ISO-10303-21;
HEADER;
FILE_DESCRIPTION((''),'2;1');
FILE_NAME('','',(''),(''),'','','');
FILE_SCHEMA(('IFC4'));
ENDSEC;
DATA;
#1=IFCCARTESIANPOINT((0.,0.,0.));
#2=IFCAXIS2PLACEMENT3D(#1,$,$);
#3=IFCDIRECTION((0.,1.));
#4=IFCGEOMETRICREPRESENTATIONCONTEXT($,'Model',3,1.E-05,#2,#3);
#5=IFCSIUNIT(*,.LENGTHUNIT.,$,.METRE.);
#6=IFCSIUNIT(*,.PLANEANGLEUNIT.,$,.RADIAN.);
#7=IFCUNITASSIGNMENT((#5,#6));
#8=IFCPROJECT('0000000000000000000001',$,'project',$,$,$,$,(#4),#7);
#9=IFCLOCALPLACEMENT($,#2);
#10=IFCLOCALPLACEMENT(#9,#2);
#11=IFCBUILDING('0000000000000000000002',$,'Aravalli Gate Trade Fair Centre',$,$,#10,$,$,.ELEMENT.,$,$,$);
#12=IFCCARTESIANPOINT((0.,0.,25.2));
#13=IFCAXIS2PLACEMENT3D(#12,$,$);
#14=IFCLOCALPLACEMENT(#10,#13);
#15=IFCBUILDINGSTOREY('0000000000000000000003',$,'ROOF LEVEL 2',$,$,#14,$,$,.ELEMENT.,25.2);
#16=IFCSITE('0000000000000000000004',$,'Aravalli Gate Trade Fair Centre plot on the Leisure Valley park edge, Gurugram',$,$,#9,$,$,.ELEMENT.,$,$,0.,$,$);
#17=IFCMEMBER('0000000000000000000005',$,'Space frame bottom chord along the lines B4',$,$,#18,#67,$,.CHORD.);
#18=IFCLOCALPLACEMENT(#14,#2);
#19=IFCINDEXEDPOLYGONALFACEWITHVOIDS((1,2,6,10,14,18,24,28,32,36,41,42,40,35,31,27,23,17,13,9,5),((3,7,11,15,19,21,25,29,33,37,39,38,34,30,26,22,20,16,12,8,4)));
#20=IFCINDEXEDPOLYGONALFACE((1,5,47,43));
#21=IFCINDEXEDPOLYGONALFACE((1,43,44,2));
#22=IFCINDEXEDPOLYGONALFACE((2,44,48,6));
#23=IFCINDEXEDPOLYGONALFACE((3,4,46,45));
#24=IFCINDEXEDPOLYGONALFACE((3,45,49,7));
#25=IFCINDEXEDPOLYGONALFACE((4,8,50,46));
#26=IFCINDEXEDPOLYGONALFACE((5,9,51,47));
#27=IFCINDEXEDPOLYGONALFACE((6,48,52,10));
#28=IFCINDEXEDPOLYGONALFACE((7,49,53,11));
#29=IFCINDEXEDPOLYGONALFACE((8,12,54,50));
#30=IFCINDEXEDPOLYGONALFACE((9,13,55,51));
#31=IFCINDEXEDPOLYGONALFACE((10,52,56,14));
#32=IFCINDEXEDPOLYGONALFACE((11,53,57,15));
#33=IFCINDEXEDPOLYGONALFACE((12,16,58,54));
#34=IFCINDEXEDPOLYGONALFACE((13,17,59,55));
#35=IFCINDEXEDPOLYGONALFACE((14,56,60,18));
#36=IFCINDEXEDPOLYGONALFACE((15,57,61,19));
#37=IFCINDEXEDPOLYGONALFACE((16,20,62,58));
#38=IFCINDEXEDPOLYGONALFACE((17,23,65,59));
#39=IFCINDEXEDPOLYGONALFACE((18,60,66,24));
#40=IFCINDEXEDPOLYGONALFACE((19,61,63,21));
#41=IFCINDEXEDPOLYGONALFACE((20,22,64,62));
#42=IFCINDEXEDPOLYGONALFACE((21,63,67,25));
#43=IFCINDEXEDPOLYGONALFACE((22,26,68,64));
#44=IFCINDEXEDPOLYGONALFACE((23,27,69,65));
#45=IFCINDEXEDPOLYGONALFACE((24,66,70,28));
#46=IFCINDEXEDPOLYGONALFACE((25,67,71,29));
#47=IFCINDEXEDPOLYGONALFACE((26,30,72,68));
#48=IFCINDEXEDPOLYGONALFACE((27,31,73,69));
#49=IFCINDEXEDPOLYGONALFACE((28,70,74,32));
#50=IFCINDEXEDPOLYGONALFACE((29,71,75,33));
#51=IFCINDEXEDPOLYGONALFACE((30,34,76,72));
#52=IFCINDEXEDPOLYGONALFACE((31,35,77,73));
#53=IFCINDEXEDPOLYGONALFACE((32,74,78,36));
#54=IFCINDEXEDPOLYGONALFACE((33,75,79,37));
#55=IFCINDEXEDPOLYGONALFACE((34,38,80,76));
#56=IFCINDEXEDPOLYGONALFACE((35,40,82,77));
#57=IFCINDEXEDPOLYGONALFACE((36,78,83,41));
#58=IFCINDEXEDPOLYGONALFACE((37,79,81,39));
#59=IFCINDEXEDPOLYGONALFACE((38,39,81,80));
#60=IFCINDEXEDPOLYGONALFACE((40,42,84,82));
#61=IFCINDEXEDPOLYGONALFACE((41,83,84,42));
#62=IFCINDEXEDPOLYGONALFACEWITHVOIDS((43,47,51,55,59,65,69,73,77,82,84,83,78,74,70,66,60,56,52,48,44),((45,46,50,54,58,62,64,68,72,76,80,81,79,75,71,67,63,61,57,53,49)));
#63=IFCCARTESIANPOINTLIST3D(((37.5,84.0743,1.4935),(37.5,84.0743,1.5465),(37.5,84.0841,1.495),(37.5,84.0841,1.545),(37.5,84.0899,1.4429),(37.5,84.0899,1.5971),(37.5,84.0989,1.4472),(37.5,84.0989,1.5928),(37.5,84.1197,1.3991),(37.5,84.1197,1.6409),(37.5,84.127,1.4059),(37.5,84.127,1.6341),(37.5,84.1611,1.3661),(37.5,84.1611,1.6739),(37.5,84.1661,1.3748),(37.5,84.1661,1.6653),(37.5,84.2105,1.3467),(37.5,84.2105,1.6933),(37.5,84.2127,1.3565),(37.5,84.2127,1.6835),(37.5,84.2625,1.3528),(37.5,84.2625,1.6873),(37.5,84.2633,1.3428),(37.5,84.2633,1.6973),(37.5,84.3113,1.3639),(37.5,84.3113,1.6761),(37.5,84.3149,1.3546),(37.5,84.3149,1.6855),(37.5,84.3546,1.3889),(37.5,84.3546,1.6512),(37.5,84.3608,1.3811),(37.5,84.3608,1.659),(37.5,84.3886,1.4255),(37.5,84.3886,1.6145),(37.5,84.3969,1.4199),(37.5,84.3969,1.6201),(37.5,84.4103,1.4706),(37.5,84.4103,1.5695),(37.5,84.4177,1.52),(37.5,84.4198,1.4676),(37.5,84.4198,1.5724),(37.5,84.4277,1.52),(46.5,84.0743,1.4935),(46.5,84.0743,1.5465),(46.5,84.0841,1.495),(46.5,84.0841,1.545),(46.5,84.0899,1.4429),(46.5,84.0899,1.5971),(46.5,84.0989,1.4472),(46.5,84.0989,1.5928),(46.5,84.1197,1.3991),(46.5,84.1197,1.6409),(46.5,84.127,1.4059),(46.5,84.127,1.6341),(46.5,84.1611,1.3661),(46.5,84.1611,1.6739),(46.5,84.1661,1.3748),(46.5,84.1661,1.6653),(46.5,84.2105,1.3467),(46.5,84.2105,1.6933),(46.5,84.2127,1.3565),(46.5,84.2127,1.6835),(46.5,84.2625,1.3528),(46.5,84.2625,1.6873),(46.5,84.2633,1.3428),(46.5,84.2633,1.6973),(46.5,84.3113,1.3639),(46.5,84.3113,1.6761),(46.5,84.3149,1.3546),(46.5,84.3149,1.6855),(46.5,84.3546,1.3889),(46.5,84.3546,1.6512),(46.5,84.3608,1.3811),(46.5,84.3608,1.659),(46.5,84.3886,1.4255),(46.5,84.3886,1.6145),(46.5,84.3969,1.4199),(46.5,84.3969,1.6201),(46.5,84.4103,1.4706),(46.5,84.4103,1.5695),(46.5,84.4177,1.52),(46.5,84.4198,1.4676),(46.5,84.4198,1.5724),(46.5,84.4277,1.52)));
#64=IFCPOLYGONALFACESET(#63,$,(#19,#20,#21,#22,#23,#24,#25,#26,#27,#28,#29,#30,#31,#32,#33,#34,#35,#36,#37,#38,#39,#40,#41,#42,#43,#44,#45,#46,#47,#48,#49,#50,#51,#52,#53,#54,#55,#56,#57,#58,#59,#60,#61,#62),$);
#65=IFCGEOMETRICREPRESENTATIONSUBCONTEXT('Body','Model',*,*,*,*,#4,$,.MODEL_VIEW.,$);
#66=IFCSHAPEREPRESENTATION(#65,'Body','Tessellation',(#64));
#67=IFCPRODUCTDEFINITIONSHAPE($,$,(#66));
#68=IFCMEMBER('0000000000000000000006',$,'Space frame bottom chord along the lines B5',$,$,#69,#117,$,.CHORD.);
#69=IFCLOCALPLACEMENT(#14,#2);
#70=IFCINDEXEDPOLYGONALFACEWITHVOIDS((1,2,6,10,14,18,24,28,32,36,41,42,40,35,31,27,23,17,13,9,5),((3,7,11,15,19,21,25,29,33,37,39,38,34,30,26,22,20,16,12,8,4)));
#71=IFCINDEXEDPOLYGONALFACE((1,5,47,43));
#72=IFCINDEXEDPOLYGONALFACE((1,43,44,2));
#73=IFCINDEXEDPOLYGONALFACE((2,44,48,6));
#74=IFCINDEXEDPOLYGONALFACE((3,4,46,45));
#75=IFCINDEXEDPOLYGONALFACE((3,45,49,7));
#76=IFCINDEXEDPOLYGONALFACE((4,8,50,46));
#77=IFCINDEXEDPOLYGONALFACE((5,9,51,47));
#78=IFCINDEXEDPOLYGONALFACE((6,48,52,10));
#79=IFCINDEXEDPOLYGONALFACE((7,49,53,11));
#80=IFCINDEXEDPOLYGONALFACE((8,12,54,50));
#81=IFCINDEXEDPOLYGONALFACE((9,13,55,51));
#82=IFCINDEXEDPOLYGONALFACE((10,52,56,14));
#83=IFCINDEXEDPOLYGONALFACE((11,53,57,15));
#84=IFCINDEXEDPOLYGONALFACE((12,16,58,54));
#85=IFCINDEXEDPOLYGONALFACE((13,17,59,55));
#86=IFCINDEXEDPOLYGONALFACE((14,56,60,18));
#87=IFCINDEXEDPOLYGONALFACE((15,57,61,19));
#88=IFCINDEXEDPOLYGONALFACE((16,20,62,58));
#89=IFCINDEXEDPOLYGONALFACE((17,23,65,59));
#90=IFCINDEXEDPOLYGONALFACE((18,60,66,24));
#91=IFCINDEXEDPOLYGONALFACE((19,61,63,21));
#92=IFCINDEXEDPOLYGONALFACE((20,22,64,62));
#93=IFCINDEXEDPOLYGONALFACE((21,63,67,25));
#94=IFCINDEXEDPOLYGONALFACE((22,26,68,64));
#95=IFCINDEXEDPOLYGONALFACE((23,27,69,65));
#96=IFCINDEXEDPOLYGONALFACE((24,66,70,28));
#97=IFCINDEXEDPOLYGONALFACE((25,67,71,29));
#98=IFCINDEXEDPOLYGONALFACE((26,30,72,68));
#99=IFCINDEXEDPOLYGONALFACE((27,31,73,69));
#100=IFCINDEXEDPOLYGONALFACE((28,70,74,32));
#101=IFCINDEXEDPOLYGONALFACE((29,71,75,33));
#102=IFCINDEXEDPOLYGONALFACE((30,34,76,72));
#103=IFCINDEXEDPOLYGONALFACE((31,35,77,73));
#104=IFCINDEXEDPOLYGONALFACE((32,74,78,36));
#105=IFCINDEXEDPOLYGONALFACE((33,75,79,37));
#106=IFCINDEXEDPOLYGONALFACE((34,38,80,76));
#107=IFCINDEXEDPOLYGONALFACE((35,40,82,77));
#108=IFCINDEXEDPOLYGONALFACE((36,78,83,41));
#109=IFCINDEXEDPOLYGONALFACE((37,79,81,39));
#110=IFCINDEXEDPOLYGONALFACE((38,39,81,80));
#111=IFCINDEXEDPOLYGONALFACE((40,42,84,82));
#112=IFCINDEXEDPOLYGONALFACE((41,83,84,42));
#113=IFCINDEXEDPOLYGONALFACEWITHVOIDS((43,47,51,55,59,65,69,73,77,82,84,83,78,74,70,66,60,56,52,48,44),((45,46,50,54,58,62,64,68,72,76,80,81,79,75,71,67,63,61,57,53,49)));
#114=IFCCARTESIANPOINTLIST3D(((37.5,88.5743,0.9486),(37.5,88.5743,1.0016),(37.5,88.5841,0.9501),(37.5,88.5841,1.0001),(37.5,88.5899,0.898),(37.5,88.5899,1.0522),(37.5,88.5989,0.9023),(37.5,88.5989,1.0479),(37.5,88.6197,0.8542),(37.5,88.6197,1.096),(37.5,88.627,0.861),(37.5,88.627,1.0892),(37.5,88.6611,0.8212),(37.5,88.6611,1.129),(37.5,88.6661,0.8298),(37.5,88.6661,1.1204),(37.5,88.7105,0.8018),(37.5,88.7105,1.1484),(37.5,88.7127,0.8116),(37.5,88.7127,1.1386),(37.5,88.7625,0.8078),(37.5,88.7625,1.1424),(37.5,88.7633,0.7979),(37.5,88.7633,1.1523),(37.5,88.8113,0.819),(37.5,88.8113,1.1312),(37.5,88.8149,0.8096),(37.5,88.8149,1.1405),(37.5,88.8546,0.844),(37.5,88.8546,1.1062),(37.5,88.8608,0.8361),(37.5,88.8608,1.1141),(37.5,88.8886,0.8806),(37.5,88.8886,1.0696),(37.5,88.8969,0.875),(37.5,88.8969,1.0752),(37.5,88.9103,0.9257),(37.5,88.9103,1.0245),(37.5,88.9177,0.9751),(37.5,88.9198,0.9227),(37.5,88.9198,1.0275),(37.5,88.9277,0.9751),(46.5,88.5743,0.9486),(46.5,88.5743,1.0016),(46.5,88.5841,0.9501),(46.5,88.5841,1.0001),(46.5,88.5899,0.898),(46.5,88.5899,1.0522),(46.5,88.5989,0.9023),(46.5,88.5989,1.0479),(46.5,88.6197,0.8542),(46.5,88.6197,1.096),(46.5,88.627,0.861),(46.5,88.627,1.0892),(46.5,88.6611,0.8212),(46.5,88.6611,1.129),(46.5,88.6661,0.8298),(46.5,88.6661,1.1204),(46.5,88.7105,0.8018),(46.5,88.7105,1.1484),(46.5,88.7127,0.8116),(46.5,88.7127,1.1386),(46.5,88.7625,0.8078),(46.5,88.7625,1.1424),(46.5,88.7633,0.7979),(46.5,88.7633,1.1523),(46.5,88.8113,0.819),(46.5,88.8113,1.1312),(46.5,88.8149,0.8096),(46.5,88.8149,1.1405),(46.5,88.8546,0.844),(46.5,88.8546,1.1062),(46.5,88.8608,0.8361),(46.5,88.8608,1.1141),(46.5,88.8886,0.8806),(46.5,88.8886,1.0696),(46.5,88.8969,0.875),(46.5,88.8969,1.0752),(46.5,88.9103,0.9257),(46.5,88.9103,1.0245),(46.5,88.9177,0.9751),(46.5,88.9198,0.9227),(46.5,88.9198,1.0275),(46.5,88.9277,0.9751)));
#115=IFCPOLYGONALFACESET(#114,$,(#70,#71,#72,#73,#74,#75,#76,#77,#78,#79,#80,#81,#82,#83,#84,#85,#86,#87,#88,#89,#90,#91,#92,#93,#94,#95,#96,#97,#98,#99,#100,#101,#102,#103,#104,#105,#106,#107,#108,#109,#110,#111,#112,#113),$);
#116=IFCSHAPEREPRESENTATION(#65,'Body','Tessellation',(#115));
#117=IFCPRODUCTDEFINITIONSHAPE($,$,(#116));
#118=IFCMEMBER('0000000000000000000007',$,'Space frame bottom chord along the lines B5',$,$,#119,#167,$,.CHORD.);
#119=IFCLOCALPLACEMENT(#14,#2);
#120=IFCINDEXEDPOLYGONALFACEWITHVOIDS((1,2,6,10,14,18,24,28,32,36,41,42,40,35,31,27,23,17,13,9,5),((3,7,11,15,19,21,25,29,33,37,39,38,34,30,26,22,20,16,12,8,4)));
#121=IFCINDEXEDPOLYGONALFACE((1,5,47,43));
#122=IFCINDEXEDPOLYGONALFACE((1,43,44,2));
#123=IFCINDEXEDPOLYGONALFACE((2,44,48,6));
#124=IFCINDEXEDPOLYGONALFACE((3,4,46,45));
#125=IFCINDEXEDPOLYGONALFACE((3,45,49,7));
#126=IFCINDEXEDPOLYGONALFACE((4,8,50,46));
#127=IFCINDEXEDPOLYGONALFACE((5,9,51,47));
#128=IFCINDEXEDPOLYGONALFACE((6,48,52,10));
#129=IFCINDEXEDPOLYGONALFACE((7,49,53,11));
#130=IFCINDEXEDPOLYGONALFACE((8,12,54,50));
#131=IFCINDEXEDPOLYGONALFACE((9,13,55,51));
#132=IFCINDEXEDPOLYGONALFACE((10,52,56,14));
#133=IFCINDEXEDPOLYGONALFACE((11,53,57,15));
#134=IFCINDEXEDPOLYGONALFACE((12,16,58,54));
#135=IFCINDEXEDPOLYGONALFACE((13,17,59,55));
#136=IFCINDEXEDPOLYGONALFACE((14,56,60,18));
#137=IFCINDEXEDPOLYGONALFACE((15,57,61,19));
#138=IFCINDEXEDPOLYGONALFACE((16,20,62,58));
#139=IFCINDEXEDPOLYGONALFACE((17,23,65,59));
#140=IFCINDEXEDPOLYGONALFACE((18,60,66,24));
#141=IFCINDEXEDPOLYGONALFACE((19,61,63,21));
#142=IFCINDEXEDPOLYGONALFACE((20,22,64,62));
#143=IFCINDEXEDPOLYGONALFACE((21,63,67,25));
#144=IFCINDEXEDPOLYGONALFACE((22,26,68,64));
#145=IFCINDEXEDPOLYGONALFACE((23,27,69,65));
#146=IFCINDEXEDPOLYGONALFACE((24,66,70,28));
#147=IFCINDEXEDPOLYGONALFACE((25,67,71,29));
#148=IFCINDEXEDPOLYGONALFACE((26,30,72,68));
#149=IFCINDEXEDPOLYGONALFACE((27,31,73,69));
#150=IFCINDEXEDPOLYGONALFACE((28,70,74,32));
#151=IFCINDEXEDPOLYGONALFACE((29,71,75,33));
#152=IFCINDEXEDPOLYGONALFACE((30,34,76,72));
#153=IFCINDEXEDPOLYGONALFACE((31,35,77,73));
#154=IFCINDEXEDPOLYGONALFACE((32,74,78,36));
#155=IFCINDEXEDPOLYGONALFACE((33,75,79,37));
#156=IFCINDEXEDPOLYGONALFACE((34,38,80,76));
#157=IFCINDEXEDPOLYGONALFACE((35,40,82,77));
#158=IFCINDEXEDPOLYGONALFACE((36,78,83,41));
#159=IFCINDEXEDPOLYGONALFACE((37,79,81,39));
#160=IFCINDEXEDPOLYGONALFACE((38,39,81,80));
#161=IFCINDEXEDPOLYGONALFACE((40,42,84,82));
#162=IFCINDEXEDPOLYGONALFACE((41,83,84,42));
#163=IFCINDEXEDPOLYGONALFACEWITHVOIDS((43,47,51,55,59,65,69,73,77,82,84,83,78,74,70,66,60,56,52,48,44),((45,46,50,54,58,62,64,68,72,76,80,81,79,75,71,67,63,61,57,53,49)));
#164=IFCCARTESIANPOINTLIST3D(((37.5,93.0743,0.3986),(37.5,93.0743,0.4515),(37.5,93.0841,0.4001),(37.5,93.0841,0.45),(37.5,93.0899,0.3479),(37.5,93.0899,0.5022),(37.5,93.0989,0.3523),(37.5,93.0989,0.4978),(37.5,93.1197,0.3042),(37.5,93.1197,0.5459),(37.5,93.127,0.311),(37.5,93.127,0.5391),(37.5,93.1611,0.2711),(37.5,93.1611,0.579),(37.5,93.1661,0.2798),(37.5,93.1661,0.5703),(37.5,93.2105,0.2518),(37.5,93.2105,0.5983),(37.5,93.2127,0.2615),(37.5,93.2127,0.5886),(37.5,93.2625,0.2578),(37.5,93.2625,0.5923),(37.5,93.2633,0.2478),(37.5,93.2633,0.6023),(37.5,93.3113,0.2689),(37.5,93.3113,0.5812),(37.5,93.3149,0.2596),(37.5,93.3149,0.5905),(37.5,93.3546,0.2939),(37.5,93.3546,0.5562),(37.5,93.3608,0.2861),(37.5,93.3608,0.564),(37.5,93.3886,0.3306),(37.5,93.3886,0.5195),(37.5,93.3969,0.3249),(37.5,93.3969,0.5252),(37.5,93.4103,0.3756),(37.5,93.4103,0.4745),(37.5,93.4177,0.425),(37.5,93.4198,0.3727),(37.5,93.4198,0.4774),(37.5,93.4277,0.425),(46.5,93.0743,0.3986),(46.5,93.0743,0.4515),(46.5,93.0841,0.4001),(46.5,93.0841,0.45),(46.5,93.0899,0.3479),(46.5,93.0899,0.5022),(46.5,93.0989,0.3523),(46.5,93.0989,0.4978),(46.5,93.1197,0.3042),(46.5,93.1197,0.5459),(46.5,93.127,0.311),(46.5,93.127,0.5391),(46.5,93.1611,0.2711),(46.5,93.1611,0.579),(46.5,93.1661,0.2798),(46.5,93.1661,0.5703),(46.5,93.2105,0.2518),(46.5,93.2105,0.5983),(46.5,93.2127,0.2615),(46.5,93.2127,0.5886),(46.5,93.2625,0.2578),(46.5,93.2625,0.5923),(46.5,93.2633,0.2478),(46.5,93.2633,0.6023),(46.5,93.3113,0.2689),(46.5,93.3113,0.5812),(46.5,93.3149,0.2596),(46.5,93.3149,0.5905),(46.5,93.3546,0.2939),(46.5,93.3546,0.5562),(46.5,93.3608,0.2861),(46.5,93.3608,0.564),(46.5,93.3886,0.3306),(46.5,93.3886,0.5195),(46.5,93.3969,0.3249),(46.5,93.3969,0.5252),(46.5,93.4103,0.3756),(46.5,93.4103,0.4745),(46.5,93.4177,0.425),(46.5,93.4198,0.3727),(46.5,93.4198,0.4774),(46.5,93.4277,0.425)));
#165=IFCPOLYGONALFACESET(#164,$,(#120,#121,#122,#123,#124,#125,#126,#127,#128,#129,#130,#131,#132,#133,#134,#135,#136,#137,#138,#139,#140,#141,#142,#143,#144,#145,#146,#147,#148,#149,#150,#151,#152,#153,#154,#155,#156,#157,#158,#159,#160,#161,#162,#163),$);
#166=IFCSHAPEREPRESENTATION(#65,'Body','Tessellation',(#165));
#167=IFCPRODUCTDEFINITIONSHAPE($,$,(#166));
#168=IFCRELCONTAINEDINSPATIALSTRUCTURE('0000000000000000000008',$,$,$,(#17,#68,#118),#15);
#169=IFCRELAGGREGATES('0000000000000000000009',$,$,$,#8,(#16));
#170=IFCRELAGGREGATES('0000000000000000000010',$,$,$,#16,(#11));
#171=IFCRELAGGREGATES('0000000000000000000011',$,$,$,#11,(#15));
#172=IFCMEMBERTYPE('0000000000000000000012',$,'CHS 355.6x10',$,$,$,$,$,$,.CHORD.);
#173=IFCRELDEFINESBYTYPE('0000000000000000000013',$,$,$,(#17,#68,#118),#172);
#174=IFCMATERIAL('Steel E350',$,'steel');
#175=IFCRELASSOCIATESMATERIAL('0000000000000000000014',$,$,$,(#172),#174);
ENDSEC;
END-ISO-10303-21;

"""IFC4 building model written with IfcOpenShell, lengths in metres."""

from ifc_helpers import new_model, si_unit, direction, frame, origin, origin_2d, place, context, subcontext, project, spatial, hollow_circle, extrude, material, material_profile, profile_set, type_object, element, save


model = new_model("IFC4")

# Units and contexts
model_context = context("Model", 3, precision=1e-05, world=origin(), true_north=direction((0.0, 1.0)))
body_context = subcontext(model_context, "Body", "Model", "MODEL_VIEW")
ifc_project = project(units=[si_unit("LENGTHUNIT", "METRE"), si_unit("PLANEANGLEUNIT", "RADIAN")], contexts=[model_context])

# Site, building, storey
site_placement = place(None, origin())
site = spatial("IfcSite", under=ifc_project, at=site_placement, Name="Aravalli Gate Trade Fair Centre plot on the Leisure Valley park edge, Gurugram", CompositionType="ELEMENT", RefElevation=0.0)
building_placement = place(site_placement, origin())
building = spatial("IfcBuilding", under=site, at=building_placement, Name="Aravalli Gate Trade Fair Centre", CompositionType="ELEMENT")
storey_placement = place(building_placement, frame((0.0, 0.0, 25.2)))
storey = spatial("IfcBuildingStorey", under=building, at=storey_placement, Name="ROOF LEVEL 2", CompositionType="ELEMENT", Elevation=25.2)

# Members
ifc_material = material(Name="Steel E350", Category="steel")
ifc_material_profile_1 = material_profile(ifc_material, hollow_circle(Radius=0.1777, WallThickness=0.01, at=origin_2d()), Name="CHS 355.6x10")
ifc_profile_set_1 = profile_set([ifc_material_profile_1], Name="Steel E350")
member_type_1 = type_object("IfcMemberType", Name="CHS 355.6x10", PredefinedType="CHORD", material=ifc_profile_set_1)
for number, where, z_axis, x_axis, name in (
    (1, (37.5, 84.25, 1.52), (1.0, 0.0, 0.0), (0.0, 1.0, 0.0), "Space frame bottom chord along the lines B4"),
    (2, (37.5, 88.75, 0.9751), (1.0, 0.0, 0.0), (0.0, 1.0, 0.0), "Space frame bottom chord along the lines B5"),
    (3, (37.5, 93.25, 0.425), (1.0, 0.0, 0.0), (0.0, 1.0, 0.0), "Space frame bottom chord along the lines B5"),
):
    element("IfcMember", number, at=place(storey_placement, frame(where, z_axis=z_axis, x_axis=x_axis)), inside=storey, type_object=member_type_1, Name=name, PredefinedType="CHORD", context=body_context, shape_type="SweptSolid", body=[
        extrude(hollow_circle(Radius=0.1777, WallThickness=0.01, at=origin_2d()), origin(), (0.0, 0.0, 1.0), 9.0),
    ])

save(model, "model.ifc")
